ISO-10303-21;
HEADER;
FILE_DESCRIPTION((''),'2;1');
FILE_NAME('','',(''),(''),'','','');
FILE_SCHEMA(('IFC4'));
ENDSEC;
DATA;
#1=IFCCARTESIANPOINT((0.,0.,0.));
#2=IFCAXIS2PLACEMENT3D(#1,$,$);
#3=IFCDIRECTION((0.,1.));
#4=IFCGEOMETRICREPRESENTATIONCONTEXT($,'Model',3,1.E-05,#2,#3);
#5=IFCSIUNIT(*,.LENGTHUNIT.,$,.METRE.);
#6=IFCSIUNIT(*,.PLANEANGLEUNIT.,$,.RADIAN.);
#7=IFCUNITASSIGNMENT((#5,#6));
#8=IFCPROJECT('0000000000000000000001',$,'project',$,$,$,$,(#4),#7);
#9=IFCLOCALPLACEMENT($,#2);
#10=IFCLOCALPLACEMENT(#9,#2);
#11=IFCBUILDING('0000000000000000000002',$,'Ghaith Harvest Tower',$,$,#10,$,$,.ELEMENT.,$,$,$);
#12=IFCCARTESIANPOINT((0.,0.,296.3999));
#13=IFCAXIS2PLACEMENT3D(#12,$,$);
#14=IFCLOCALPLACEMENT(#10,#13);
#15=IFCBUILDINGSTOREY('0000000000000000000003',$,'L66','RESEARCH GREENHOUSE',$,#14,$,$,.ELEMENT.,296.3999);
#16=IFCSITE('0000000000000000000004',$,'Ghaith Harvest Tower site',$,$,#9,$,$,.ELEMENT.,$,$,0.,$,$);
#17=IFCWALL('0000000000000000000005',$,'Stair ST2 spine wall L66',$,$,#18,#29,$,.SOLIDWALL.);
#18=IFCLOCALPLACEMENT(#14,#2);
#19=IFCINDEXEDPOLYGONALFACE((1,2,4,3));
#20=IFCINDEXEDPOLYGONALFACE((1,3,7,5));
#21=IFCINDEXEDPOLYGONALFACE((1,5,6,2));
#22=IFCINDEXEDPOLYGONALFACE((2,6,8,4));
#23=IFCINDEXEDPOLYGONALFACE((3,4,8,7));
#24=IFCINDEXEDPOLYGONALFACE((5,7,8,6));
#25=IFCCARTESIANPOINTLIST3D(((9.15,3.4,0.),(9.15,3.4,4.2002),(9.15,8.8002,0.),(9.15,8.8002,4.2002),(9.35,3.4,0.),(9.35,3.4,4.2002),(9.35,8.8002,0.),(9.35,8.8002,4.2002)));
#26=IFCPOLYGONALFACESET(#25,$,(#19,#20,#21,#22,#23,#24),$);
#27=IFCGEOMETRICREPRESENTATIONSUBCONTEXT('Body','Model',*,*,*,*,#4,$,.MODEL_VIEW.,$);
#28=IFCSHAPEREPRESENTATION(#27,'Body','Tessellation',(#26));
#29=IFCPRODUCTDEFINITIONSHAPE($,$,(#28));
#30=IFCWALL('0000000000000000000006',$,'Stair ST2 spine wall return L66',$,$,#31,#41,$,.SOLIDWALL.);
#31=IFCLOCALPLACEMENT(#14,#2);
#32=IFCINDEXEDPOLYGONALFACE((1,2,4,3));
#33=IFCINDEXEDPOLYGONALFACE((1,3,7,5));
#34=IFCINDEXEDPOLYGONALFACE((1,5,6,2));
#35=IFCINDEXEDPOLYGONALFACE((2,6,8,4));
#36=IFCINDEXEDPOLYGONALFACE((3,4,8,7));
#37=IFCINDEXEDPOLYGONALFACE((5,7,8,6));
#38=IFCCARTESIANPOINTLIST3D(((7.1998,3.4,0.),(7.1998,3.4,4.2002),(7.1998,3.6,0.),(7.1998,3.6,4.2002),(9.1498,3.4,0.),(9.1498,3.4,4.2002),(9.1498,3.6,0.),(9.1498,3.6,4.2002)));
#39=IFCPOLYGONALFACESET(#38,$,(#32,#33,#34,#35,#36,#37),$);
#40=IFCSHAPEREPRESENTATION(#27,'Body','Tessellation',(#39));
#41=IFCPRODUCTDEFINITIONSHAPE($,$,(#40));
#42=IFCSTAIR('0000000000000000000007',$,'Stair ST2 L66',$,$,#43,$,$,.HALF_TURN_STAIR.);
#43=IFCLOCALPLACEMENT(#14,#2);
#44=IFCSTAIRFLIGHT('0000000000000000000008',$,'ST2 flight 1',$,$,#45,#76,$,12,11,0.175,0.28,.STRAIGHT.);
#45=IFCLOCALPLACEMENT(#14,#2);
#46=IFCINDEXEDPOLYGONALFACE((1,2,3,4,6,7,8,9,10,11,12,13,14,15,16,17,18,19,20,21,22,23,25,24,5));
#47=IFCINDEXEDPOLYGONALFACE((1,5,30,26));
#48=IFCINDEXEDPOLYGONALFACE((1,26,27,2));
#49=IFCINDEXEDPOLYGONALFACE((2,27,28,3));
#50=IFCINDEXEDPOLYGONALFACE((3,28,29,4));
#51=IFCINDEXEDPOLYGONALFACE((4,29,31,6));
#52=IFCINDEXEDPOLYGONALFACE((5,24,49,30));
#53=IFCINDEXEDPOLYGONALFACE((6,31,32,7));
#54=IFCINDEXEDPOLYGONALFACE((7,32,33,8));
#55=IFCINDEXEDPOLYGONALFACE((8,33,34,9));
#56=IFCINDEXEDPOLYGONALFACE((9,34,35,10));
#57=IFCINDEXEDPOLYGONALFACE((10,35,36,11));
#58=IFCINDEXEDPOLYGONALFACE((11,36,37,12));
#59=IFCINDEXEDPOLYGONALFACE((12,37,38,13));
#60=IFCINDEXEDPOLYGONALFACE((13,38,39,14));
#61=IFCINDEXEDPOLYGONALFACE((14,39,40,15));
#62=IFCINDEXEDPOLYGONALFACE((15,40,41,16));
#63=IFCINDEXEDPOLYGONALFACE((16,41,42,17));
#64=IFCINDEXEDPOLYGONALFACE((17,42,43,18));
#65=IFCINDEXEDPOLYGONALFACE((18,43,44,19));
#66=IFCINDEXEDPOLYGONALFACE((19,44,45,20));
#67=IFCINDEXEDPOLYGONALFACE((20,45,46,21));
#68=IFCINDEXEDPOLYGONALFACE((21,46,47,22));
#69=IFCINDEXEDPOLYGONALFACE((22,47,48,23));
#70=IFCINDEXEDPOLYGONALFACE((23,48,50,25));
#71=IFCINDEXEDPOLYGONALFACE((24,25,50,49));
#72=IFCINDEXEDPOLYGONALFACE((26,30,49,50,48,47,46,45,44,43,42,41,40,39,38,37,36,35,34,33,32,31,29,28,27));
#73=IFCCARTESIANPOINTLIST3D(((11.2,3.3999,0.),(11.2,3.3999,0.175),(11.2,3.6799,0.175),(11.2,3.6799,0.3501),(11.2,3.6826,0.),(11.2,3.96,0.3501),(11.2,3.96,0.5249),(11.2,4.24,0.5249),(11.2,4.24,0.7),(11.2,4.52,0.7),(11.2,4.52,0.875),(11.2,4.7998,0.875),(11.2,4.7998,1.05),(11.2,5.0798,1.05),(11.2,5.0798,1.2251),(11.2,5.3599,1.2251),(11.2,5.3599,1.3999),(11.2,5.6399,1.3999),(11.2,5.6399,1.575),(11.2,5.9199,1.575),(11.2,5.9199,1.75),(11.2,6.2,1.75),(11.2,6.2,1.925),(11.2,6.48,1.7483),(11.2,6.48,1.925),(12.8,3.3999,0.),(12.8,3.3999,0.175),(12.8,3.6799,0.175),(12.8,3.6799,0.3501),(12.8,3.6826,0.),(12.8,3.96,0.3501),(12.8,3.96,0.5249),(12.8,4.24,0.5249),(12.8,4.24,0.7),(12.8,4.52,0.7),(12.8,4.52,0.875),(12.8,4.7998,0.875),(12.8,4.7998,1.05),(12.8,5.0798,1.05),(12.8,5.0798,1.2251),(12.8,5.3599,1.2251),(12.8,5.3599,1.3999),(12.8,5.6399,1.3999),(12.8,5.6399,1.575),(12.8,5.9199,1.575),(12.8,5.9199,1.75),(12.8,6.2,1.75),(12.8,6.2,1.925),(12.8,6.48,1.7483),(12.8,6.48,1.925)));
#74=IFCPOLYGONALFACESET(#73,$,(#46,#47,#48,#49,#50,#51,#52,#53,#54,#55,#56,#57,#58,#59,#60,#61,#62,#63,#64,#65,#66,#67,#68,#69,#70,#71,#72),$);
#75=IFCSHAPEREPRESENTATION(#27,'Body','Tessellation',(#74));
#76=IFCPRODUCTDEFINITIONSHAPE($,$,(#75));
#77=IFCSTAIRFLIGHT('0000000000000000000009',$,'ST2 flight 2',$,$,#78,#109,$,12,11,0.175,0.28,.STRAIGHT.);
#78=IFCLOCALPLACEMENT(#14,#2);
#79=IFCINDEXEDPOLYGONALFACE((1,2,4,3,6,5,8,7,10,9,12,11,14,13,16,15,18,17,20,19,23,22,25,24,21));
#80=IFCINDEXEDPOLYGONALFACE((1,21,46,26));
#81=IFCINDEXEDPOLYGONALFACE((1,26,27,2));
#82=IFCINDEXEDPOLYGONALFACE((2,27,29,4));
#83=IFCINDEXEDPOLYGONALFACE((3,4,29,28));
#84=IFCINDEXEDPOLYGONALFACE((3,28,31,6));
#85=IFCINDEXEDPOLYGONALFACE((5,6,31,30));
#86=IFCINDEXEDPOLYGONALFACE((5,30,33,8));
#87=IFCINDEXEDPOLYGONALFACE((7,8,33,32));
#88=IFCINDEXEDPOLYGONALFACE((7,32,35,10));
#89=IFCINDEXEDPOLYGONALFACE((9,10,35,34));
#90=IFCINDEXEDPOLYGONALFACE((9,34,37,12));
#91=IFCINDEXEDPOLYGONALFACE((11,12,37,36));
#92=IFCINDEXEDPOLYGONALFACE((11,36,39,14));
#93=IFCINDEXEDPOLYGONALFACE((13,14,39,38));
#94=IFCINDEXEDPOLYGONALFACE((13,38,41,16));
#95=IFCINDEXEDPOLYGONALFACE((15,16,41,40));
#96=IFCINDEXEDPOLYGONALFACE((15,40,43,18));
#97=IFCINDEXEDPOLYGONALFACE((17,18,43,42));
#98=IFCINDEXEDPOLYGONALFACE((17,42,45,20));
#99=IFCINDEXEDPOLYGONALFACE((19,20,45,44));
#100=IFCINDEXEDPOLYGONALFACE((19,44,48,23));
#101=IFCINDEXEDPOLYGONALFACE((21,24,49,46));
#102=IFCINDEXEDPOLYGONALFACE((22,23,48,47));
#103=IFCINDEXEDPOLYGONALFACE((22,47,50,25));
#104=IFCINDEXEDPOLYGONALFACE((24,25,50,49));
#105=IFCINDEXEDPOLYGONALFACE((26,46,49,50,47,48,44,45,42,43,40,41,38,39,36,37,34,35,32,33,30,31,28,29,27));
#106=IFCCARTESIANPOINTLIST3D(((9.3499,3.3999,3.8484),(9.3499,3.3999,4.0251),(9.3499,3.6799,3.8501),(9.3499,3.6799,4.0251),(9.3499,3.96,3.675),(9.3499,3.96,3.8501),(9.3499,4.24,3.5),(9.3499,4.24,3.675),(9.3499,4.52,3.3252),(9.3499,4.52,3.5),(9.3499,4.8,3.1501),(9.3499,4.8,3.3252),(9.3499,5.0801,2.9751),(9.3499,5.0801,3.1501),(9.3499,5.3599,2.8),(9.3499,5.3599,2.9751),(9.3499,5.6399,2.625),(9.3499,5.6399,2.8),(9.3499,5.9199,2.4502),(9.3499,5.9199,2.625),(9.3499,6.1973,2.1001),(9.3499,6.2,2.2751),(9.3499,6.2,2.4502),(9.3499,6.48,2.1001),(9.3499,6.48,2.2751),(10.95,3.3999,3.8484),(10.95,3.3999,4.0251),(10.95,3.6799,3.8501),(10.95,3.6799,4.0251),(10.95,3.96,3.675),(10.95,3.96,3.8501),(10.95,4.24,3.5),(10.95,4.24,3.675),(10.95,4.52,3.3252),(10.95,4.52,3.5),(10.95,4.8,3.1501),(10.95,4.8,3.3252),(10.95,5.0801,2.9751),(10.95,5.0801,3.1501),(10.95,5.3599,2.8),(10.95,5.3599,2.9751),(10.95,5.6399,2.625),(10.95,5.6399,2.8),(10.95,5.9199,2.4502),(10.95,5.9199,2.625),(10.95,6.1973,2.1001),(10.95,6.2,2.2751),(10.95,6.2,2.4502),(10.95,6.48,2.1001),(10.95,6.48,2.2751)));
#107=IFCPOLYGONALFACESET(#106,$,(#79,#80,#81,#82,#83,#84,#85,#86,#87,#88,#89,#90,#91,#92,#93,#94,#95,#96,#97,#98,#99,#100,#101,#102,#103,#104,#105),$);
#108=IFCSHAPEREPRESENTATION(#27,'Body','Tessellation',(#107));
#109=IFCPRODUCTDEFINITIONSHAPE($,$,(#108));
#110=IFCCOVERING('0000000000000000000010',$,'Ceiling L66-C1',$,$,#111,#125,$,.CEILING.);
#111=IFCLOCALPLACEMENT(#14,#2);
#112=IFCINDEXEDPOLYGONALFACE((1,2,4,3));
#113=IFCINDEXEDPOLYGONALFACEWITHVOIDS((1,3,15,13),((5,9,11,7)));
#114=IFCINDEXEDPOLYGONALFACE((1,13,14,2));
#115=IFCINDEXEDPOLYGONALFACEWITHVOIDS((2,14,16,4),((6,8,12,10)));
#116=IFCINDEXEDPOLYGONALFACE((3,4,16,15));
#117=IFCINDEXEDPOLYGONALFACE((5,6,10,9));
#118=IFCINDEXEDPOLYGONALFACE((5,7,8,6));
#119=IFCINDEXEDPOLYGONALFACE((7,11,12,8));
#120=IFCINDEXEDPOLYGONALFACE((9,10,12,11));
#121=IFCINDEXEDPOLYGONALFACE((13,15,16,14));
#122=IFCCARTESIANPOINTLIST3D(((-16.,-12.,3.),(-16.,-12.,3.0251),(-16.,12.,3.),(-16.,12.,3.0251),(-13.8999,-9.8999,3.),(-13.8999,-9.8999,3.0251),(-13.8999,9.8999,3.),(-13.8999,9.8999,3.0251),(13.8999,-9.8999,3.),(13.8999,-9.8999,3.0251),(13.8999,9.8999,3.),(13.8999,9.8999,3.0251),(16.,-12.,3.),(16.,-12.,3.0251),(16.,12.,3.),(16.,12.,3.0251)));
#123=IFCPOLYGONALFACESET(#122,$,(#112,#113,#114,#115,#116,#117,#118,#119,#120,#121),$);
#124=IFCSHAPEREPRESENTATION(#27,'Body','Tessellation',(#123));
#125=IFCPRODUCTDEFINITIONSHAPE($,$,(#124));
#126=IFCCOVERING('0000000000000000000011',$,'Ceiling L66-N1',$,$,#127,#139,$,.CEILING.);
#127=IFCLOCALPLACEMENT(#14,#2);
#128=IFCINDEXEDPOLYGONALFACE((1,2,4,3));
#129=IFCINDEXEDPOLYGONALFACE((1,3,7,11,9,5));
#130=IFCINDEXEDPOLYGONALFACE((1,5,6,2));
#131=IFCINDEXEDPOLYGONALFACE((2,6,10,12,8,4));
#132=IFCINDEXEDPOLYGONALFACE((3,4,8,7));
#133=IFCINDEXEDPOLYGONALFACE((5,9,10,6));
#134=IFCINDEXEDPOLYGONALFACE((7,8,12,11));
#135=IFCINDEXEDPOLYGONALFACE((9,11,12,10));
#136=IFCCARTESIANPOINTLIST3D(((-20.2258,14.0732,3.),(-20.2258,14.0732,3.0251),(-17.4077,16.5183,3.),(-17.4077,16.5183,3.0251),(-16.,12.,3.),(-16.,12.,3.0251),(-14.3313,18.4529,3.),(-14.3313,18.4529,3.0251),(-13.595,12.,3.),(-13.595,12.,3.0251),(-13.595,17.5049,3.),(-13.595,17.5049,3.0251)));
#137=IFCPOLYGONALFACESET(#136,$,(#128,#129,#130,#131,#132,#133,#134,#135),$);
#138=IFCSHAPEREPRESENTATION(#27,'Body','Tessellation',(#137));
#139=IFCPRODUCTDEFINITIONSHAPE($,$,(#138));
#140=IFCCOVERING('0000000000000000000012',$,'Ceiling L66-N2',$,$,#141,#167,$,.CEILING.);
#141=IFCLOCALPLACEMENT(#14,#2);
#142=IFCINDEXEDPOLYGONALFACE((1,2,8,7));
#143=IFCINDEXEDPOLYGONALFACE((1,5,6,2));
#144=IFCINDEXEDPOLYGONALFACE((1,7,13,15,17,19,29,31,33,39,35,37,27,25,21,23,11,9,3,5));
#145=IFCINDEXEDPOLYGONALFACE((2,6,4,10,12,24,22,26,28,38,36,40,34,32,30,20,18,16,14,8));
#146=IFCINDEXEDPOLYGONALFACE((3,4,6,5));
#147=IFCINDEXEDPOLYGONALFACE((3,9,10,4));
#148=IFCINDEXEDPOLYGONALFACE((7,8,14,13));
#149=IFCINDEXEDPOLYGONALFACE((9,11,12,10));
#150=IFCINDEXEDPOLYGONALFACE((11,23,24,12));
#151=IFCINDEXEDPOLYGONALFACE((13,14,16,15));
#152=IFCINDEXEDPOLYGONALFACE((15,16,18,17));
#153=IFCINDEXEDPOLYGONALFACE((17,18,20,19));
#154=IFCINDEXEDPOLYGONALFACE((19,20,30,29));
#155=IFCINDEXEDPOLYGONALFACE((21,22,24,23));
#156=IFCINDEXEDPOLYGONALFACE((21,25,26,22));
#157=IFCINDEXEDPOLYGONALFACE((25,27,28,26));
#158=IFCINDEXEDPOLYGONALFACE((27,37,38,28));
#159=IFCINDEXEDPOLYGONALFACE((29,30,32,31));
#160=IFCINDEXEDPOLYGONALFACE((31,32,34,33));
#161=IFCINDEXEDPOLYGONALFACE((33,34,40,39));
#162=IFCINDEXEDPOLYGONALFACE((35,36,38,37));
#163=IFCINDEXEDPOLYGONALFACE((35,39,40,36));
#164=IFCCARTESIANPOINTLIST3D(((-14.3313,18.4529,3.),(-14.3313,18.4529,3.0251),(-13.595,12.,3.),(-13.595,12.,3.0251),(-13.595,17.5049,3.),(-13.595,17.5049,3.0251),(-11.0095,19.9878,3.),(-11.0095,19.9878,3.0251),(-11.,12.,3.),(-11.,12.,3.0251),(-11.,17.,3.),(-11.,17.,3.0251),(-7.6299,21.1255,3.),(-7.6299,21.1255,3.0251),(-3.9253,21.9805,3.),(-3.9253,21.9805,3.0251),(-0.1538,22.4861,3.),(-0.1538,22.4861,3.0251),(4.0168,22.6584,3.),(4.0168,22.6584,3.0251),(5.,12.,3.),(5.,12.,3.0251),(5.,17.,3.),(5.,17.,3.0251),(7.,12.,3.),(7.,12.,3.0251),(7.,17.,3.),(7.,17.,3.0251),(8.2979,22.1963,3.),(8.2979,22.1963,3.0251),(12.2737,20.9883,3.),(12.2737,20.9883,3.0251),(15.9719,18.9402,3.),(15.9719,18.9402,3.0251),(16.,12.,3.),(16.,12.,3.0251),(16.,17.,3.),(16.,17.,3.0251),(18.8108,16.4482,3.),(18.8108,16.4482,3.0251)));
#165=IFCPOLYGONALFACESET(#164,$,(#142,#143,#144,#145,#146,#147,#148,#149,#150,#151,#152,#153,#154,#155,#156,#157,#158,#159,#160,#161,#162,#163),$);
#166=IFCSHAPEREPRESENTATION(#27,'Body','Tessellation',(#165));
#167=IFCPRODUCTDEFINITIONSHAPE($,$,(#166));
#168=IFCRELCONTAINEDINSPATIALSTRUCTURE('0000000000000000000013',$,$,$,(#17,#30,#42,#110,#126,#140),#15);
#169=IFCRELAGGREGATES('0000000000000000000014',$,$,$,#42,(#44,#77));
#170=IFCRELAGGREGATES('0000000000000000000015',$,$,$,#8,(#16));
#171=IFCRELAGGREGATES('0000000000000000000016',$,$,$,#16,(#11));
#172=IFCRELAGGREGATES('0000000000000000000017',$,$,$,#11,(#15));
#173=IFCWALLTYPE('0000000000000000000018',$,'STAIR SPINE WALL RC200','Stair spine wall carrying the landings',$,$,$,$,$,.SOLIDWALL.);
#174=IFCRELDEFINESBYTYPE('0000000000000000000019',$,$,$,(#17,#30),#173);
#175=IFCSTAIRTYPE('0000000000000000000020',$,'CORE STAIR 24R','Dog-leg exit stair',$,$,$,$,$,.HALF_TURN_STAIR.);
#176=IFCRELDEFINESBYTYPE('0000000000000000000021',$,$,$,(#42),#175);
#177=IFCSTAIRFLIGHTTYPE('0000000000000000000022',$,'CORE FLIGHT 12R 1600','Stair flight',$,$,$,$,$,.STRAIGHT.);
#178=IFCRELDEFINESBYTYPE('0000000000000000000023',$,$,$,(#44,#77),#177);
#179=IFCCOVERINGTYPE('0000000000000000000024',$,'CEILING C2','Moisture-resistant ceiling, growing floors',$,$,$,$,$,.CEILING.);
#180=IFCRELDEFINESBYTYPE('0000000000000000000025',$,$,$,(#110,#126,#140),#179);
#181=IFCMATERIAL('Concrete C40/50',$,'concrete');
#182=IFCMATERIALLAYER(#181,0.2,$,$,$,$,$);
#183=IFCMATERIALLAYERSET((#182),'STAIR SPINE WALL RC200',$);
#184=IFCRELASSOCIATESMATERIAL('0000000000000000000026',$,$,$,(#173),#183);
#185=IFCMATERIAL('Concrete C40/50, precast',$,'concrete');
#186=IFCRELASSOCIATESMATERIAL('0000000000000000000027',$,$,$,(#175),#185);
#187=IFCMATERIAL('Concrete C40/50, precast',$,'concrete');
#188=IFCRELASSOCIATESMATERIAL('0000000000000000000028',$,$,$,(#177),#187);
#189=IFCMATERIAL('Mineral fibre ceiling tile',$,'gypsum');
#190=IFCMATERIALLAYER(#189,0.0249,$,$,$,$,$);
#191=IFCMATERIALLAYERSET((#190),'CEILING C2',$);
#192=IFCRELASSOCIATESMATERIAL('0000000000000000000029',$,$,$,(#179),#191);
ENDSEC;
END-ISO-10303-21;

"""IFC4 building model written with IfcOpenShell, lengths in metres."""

from ifc_helpers import new_model, si_unit, direction, frame, frame_2d, origin, place, context, subcontext, project, spatial, polyline, rectangle, outline, extrude, material, layer, layer_set, type_object, element, aggregate, save


model = new_model("IFC4")

# Units and contexts
model_context = context("Model", 3, precision=1e-05, world=origin(), true_north=direction((0.0, 1.0)))
body_context = subcontext(model_context, "Body", "Model", "MODEL_VIEW")
ifc_project = project(units=[si_unit("LENGTHUNIT", "METRE"), si_unit("PLANEANGLEUNIT", "RADIAN")], contexts=[model_context])

# Site, building, storey
site_placement = place(None, origin())
site = spatial("IfcSite", under=ifc_project, at=site_placement, Name="Ghaith Harvest Tower site", CompositionType="ELEMENT", RefElevation=0.0)
building_placement = place(site_placement, origin())
building = spatial("IfcBuilding", under=site, at=building_placement, Name="Ghaith Harvest Tower", CompositionType="ELEMENT")
storey_placement = place(building_placement, frame((0.0, 0.0, 296.3999)))
storey = spatial("IfcBuildingStorey", under=building, at=storey_placement, Name="L66", Description="RESEARCH GREENHOUSE", CompositionType="ELEMENT", Elevation=296.3999)

# Walls
ifc_material_1 = material(Name="Concrete C40/50", Category="concrete")
ifc_layer_1 = layer(ifc_material_1, 0.2)
ifc_layer_set_1 = layer_set([ifc_layer_1], Name="STAIR SPINE WALL RC200")
wall_type_1 = type_object("IfcWallType", Name="STAIR SPINE WALL RC200", Description="Stair spine wall carrying the landings", PredefinedType="SOLIDWALL", material=ifc_layer_set_1)
wall_1_placement = place(storey_placement, frame((9.25, 3.3999, 0.0), z_axis=(0.0, 0.0, 1.0), x_axis=(0.0, 1.0, 0.0)))
element("IfcWall", 1, at=wall_1_placement, inside=storey, type_object=wall_type_1, Name="Stair ST2 spine wall L66", PredefinedType="SOLIDWALL", context=body_context, shape_type="SweptSolid", body=[
    extrude(rectangle(XDim=5.4001, YDim=0.2, at=frame_2d((2.7002, 0.0))), origin(), (0.0, 0.0, 1.0), 4.2002),
])
wall_2_placement = place(storey_placement, frame((9.1499, 3.5, 0.0), z_axis=(0.0, 0.0, 1.0), x_axis=(-1.0, 0.0, 0.0)))
element("IfcWall", 2, at=wall_2_placement, inside=storey, type_object=wall_type_1, Name="Stair ST2 spine wall return L66", PredefinedType="SOLIDWALL", context=body_context, shape_type="SweptSolid", body=[
    extrude(rectangle(XDim=1.95, YDim=0.2, at=frame_2d((0.9751, 0.0))), origin(), (0.0, 0.0, 1.0), 4.2002),
])

# Stair, stair flights
ifc_material_2 = material(Name="Concrete C40/50, precast", Category="concrete")
stair_type = type_object("IfcStairType", Name="CORE STAIR 24R", Description="Dog-leg exit stair", PredefinedType="HALF_TURN_STAIR", material=ifc_material_2)
stair_placement = place(storey_placement, origin())
stair = element("IfcStair", 3, at=stair_placement, inside=storey, type_object=stair_type, Name="Stair ST2 L66", PredefinedType="HALF_TURN_STAIR")
ifc_material_3 = material(Name="Concrete C40/50, precast", Category="concrete")
stair_flight_type = type_object("IfcStairFlightType", Name="CORE FLIGHT 12R 1600", Description="Stair flight", PredefinedType="STRAIGHT", material=ifc_material_3)
stair_flight_1_placement = place(storey_placement, frame((12.0, 3.3999, 0.0), z_axis=(0.0, 0.0, 1.0), x_axis=(0.0, 1.0, 0.0)))
stair_flight_1 = element("IfcStairFlight", 4, at=stair_flight_1_placement, type_object=stair_flight_type, Name="ST2 flight 1", NumberOfRisers=12, NumberOfTreads=11, PredefinedType="STRAIGHT", RiserHeight=0.175, TreadLength=0.28, context=body_context, shape_type="SweptSolid", body=[
    extrude(outline(polyline([(0.0, 0.0), (0.0, 0.175), (0.28, 0.175), (0.28, 0.3501), (0.5601, 0.3501), (0.5601, 0.5249), (0.8401, 0.5249), (0.8401, 0.7), (1.1201, 0.7), (1.1201, 0.875), (1.3999, 0.875), (1.3999, 1.05), (1.6799, 1.05), (1.6799, 1.2251), (1.96, 1.2251), (1.96, 1.3999), (2.24, 1.3999), (2.24, 1.575), (2.52, 1.575), (2.52, 1.75), (2.8, 1.75), (2.8, 1.925), (3.0801, 1.925), (3.0801, 2.1001), (3.0801, 1.7483), (0.2827, 0.0), (0.0, 0.0)])), frame((0.0, 0.8, 0.0), z_axis=(0.0, -1.0, 0.0), x_axis=(1.0, 0.0, 0.0)), (0.0, 0.0, 1.0), 1.6001),
])
stair_flight_2_placement = place(storey_placement, frame((10.1499, 6.48, 2.1001), z_axis=(0.0, 0.0, 1.0), x_axis=(0.0, -1.0, 0.0)))
stair_flight_2 = element("IfcStairFlight", 5, at=stair_flight_2_placement, type_object=stair_flight_type, Name="ST2 flight 2", NumberOfRisers=12, NumberOfTreads=11, PredefinedType="STRAIGHT", RiserHeight=0.175, TreadLength=0.28, context=body_context, shape_type="SweptSolid", body=[
    extrude(outline(polyline([(0.0, 0.0), (0.0, 0.175), (0.28, 0.175), (0.28, 0.3501), (0.5601, 0.3501), (0.5601, 0.5249), (0.8401, 0.5249), (0.8401, 0.7), (1.1201, 0.7), (1.1201, 0.875), (1.3999, 0.875), (1.3999, 1.05), (1.6799, 1.05), (1.6799, 1.2251), (1.96, 1.2251), (1.96, 1.3999), (2.24, 1.3999), (2.24, 1.575), (2.52, 1.575), (2.52, 1.75), (2.8, 1.75), (2.8, 1.925), (3.0801, 1.925), (3.0801, 2.1001), (3.0801, 1.7483), (0.2827, 0.0), (0.0, 0.0)])), frame((0.0, 0.8, 0.0), z_axis=(0.0, -1.0, 0.0), x_axis=(1.0, 0.0, 0.0)), (0.0, 0.0, 1.0), 1.6001),
])
aggregate(stair, [stair_flight_1, stair_flight_2])

# Coverings
ifc_material_4 = material(Name="Mineral fibre ceiling tile", Category="gypsum")
ifc_layer_2 = layer(ifc_material_4, 0.0249)
ifc_layer_set_2 = layer_set([ifc_layer_2], Name="CEILING C2")
covering_type = type_object("IfcCoveringType", Name="CEILING C2", Description="Moisture-resistant ceiling, growing floors", PredefinedType="CEILING", material=ifc_layer_set_2)
covering_1_placement = place(storey_placement, frame((0.0, 0.0, 3.0)))
element("IfcCovering", 6, at=covering_1_placement, inside=storey, type_object=covering_type, Name="Ceiling L66-C1", PredefinedType="CEILING", context=body_context, shape_type="SweptSolid", body=[
    extrude(outline(polyline([(-16.0, 12.0), (16.0, 12.0), (16.0, -12.0), (-16.0, -12.0), (-16.0, 12.0)]), holes=[polyline([(-13.8999, 9.8999), (-13.8999, -9.8999), (13.8999, -9.8999), (13.8999, 9.8999), (-13.8999, 9.8999)])]), origin(), (0.0, 0.0, 1.0), 0.0251),
])
covering_2_placement = place(storey_placement, frame((0.0, 0.0, 3.0)))
element("IfcCovering", 7, at=covering_2_placement, inside=storey, type_object=covering_type, Name="Ceiling L66-N1", PredefinedType="CEILING", context=body_context, shape_type="SweptSolid", body=[
    extrude(outline(polyline([(-17.4077, 16.5183), (-14.3313, 18.4529), (-13.595, 17.5049), (-13.595, 12.0), (-16.0, 12.0), (-20.2258, 14.0732), (-17.4077, 16.5183)])), origin(), (0.0, 0.0, 1.0), 0.0251),
])
covering_3_placement = place(storey_placement, frame((0.0, 0.0, 3.0)))
element("IfcCovering", 8, at=covering_3_placement, inside=storey, type_object=covering_type, Name="Ceiling L66-N2", PredefinedType="CEILING", context=body_context, shape_type="SweptSolid", body=[
    extrude(outline(polyline([(-14.3313, 18.4529), (-14.3313, 18.4529), (-11.0095, 19.9878), (-7.6299, 21.1255), (-3.9253, 21.9805), (-0.1538, 22.4861), (4.0168, 22.6584), (8.2979, 22.1963), (12.2737, 20.9883), (15.9719, 18.9402), (18.8108, 16.4482), (16.0, 12.0), (16.0, 17.0), (7.0, 17.0), (7.0, 12.0), (5.0, 12.0), (5.0, 17.0), (-11.0, 17.0), (-11.0, 12.0), (-13.595, 12.0), (-13.595, 17.5049), (-14.3313, 18.4529)])), origin(), (0.0, 0.0, 1.0), 0.0251),
])

save(model, "model.ifc")
